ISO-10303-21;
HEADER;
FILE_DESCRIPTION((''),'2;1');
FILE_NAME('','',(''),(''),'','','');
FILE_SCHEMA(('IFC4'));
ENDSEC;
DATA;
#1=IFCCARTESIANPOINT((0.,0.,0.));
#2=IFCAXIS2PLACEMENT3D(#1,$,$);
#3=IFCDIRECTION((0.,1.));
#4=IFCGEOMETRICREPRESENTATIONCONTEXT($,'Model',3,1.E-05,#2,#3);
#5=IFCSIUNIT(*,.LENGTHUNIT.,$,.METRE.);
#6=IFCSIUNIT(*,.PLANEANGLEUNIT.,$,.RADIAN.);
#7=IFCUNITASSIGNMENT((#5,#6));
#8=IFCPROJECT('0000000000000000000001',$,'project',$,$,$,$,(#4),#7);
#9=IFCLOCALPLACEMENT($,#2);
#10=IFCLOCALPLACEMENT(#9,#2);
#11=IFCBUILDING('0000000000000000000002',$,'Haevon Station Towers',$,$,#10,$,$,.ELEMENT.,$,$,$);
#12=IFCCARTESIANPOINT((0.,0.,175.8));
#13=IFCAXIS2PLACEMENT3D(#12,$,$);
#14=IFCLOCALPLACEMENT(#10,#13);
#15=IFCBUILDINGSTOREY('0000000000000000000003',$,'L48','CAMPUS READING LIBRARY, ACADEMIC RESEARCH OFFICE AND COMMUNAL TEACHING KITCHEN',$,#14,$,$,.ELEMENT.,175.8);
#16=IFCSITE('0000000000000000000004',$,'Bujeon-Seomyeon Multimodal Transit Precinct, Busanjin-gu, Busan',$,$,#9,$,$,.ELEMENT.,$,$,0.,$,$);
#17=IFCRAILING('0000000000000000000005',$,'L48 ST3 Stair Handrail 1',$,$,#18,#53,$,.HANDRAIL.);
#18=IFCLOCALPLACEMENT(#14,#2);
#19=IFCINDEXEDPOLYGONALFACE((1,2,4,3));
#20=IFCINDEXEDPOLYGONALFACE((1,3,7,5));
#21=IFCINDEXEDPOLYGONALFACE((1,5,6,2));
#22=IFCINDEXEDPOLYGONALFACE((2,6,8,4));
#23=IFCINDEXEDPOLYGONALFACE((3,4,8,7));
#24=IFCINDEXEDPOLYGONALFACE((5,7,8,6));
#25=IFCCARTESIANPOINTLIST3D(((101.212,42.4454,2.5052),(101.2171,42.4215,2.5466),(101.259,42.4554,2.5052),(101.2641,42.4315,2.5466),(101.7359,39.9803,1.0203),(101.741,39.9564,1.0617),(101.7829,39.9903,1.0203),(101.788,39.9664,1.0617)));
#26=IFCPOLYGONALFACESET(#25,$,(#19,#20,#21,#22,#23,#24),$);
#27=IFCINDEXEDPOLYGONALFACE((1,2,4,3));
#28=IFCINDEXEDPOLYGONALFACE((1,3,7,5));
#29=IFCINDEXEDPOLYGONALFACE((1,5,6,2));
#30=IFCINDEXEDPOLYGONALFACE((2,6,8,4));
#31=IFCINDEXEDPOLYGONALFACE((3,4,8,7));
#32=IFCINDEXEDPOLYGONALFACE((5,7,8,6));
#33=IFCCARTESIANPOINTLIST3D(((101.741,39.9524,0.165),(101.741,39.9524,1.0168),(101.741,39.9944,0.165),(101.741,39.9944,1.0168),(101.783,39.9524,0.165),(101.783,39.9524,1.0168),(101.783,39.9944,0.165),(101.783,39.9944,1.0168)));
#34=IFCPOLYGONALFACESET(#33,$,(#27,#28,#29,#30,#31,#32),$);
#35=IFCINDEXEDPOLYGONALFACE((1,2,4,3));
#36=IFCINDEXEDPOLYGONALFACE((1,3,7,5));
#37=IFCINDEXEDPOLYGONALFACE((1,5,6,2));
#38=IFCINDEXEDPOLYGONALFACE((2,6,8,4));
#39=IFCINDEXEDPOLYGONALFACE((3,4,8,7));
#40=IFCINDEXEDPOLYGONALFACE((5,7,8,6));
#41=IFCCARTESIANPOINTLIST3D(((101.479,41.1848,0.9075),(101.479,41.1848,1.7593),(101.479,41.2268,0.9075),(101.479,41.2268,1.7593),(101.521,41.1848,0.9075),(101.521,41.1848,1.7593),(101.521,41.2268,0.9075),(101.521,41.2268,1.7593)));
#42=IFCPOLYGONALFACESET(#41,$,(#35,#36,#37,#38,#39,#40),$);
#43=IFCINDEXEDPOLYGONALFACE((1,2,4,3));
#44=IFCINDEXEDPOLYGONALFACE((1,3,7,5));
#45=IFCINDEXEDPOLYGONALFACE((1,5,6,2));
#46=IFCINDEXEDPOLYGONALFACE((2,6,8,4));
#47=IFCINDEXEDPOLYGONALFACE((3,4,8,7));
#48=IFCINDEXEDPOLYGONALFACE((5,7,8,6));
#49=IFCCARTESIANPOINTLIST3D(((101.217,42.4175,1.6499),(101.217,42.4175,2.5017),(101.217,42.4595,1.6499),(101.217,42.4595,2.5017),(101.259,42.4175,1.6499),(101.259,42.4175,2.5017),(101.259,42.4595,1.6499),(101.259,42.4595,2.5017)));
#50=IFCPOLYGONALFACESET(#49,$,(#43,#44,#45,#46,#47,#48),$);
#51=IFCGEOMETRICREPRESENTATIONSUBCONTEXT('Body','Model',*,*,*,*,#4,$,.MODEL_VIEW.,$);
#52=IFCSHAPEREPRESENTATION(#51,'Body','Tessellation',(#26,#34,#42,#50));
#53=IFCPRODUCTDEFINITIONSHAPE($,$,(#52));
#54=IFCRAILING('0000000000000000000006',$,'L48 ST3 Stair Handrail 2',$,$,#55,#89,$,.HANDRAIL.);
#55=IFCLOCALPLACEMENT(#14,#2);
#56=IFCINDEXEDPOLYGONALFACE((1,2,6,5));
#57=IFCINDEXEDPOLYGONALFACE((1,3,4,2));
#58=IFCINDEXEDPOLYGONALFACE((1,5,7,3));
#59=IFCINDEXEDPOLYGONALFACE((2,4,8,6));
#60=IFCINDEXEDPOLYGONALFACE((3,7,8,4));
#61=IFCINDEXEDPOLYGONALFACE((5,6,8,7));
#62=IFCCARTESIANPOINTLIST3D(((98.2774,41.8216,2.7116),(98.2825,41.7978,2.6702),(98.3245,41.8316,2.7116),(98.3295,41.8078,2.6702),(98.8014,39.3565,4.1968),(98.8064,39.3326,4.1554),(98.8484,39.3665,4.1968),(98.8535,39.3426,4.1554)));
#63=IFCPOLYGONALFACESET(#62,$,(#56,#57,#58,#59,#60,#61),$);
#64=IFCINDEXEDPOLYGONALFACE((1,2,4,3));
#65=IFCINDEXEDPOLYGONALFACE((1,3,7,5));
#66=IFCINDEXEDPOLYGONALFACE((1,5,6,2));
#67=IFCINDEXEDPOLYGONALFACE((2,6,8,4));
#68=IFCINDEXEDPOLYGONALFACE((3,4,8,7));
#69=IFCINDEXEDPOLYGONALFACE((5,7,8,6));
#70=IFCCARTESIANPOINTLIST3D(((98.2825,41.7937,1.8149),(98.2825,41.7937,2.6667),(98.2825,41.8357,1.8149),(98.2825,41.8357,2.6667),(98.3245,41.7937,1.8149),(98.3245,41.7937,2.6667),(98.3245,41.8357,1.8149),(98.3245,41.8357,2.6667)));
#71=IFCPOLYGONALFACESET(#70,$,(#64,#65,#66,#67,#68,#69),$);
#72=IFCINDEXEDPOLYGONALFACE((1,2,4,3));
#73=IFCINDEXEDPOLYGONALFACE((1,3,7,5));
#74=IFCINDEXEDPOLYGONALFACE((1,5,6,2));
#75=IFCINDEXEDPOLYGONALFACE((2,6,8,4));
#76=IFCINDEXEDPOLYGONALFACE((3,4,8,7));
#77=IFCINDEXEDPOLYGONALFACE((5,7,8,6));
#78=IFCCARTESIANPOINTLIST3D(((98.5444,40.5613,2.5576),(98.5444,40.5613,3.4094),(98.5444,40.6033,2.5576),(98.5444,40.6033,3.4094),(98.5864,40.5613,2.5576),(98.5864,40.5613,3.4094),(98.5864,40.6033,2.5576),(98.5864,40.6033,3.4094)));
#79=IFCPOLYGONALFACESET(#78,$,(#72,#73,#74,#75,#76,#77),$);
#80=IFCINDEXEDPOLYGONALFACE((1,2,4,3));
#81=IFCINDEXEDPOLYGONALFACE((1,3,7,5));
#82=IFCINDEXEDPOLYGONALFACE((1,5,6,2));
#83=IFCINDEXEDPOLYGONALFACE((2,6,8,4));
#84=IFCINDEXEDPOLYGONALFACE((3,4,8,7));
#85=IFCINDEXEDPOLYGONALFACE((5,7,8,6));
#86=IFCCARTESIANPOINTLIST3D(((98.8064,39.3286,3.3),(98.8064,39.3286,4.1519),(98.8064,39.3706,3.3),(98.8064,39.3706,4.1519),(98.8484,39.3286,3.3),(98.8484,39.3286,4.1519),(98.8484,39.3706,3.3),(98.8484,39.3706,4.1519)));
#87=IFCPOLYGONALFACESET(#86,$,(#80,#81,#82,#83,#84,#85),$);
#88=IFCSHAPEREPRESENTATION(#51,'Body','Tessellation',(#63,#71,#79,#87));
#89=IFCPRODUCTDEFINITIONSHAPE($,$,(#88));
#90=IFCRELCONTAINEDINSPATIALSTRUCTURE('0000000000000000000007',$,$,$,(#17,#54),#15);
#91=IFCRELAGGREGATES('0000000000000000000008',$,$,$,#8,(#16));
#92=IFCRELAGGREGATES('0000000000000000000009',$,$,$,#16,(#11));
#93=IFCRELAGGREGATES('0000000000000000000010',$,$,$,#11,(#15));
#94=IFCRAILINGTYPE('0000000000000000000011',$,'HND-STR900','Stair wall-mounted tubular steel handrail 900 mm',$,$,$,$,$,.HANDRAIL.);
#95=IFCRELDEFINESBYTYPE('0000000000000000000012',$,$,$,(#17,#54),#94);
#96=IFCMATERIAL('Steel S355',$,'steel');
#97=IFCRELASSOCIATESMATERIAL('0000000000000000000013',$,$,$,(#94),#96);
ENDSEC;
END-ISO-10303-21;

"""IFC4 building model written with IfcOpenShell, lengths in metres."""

from ifc_helpers import new_model, si_unit, direction, frame, origin, origin_2d, place, context, subcontext, project, spatial, rectangle, extrude, material, type_object, element, save


model = new_model("IFC4")

# Units and contexts
model_context = context("Model", 3, precision=1e-05, world=origin(), true_north=direction((0.0, 1.0)))
body_context = subcontext(model_context, "Body", "Model", "MODEL_VIEW")
ifc_project = project(units=[si_unit("LENGTHUNIT", "METRE"), si_unit("PLANEANGLEUNIT", "RADIAN")], contexts=[model_context])

# Site, building, storey
site_placement = place(None, origin())
site = spatial("IfcSite", under=ifc_project, at=site_placement, Name="Bujeon-Seomyeon Multimodal Transit Precinct, Busanjin-gu, Busan", CompositionType="ELEMENT", RefElevation=0.0)
building_placement = place(site_placement, origin())
building = spatial("IfcBuilding", under=site, at=building_placement, Name="Haevon Station Towers", CompositionType="ELEMENT")
storey_placement = place(building_placement, frame((0.0, 0.0, 175.8)))
storey = spatial("IfcBuildingStorey", under=building, at=storey_placement, Name="L48", Description="CAMPUS READING LIBRARY, ACADEMIC RESEARCH OFFICE AND COMMUNAL TEACHING KITCHEN", CompositionType="ELEMENT", Elevation=175.8)

# Shared definitions
ifc_material_1 = material(Name="Steel S355", Category="steel")

# Railings
railing_type_1 = type_object("IfcRailingType", Name="HND-STR900", Description="Stair wall-mounted tubular steel handrail 900 mm", PredefinedType="HANDRAIL", material=ifc_material_1)
railing_1_placement = place(storey_placement, frame((101.762, 39.9734, 0.165)))
element("IfcRailing", 1, at=railing_1_placement, inside=storey, type_object=railing_type_1, Name="L48 ST3 Stair Handrail 1", PredefinedType="HANDRAIL", context=body_context, shape_type="SweptSolid", body=[
    extrude(rectangle(XDim=0.0481, YDim=0.0481, at=origin_2d()), frame((0.0, 0.0, 0.876), z_axis=(-0.179116, 0.842748, 0.507635), x_axis=(-0.978151, -0.207895, 0.0)), (0.0, 0.0, 1.0), 2.925),
    extrude(rectangle(XDim=0.042, YDim=0.042, at=origin_2d()), origin(), (0.0, 0.0, 1.0), 0.8518),
    extrude(rectangle(XDim=0.042, YDim=0.042, at=origin_2d()), frame((-0.262, 1.2324, 0.7424)), (0.0, 0.0, 1.0), 0.8518),
    extrude(rectangle(XDim=0.042, YDim=0.042, at=origin_2d()), frame((-0.5239, 2.4651, 1.4849)), (0.0, 0.0, 1.0), 0.8518),
])
railing_2_placement = place(storey_placement, frame((98.3035, 41.8147, 1.8149)))
element("IfcRailing", 2, at=railing_2_placement, inside=storey, type_object=railing_type_1, Name="L48 ST3 Stair Handrail 2", PredefinedType="HANDRAIL", context=body_context, shape_type="SweptSolid", body=[
    extrude(rectangle(XDim=0.0481, YDim=0.0481, at=origin_2d()), frame((0.0, 0.0, 0.876), z_axis=(0.179109, -0.842712, 0.507697), x_axis=(0.978151, 0.207895, 0.0)), (0.0, 0.0, 1.0), 2.9253),
    extrude(rectangle(XDim=0.042, YDim=0.042, at=origin_2d()), origin(), (0.0, 0.0, 1.0), 0.8518),
    extrude(rectangle(XDim=0.042, YDim=0.042, at=origin_2d()), frame((0.262, -1.2324, 0.7427)), (0.0, 0.0, 1.0), 0.8518),
    extrude(rectangle(XDim=0.042, YDim=0.042, at=origin_2d()), frame((0.5239, -2.4651, 1.4851)), (0.0, 0.0, 1.0), 0.8518),
])

save(model, "model.ifc")
